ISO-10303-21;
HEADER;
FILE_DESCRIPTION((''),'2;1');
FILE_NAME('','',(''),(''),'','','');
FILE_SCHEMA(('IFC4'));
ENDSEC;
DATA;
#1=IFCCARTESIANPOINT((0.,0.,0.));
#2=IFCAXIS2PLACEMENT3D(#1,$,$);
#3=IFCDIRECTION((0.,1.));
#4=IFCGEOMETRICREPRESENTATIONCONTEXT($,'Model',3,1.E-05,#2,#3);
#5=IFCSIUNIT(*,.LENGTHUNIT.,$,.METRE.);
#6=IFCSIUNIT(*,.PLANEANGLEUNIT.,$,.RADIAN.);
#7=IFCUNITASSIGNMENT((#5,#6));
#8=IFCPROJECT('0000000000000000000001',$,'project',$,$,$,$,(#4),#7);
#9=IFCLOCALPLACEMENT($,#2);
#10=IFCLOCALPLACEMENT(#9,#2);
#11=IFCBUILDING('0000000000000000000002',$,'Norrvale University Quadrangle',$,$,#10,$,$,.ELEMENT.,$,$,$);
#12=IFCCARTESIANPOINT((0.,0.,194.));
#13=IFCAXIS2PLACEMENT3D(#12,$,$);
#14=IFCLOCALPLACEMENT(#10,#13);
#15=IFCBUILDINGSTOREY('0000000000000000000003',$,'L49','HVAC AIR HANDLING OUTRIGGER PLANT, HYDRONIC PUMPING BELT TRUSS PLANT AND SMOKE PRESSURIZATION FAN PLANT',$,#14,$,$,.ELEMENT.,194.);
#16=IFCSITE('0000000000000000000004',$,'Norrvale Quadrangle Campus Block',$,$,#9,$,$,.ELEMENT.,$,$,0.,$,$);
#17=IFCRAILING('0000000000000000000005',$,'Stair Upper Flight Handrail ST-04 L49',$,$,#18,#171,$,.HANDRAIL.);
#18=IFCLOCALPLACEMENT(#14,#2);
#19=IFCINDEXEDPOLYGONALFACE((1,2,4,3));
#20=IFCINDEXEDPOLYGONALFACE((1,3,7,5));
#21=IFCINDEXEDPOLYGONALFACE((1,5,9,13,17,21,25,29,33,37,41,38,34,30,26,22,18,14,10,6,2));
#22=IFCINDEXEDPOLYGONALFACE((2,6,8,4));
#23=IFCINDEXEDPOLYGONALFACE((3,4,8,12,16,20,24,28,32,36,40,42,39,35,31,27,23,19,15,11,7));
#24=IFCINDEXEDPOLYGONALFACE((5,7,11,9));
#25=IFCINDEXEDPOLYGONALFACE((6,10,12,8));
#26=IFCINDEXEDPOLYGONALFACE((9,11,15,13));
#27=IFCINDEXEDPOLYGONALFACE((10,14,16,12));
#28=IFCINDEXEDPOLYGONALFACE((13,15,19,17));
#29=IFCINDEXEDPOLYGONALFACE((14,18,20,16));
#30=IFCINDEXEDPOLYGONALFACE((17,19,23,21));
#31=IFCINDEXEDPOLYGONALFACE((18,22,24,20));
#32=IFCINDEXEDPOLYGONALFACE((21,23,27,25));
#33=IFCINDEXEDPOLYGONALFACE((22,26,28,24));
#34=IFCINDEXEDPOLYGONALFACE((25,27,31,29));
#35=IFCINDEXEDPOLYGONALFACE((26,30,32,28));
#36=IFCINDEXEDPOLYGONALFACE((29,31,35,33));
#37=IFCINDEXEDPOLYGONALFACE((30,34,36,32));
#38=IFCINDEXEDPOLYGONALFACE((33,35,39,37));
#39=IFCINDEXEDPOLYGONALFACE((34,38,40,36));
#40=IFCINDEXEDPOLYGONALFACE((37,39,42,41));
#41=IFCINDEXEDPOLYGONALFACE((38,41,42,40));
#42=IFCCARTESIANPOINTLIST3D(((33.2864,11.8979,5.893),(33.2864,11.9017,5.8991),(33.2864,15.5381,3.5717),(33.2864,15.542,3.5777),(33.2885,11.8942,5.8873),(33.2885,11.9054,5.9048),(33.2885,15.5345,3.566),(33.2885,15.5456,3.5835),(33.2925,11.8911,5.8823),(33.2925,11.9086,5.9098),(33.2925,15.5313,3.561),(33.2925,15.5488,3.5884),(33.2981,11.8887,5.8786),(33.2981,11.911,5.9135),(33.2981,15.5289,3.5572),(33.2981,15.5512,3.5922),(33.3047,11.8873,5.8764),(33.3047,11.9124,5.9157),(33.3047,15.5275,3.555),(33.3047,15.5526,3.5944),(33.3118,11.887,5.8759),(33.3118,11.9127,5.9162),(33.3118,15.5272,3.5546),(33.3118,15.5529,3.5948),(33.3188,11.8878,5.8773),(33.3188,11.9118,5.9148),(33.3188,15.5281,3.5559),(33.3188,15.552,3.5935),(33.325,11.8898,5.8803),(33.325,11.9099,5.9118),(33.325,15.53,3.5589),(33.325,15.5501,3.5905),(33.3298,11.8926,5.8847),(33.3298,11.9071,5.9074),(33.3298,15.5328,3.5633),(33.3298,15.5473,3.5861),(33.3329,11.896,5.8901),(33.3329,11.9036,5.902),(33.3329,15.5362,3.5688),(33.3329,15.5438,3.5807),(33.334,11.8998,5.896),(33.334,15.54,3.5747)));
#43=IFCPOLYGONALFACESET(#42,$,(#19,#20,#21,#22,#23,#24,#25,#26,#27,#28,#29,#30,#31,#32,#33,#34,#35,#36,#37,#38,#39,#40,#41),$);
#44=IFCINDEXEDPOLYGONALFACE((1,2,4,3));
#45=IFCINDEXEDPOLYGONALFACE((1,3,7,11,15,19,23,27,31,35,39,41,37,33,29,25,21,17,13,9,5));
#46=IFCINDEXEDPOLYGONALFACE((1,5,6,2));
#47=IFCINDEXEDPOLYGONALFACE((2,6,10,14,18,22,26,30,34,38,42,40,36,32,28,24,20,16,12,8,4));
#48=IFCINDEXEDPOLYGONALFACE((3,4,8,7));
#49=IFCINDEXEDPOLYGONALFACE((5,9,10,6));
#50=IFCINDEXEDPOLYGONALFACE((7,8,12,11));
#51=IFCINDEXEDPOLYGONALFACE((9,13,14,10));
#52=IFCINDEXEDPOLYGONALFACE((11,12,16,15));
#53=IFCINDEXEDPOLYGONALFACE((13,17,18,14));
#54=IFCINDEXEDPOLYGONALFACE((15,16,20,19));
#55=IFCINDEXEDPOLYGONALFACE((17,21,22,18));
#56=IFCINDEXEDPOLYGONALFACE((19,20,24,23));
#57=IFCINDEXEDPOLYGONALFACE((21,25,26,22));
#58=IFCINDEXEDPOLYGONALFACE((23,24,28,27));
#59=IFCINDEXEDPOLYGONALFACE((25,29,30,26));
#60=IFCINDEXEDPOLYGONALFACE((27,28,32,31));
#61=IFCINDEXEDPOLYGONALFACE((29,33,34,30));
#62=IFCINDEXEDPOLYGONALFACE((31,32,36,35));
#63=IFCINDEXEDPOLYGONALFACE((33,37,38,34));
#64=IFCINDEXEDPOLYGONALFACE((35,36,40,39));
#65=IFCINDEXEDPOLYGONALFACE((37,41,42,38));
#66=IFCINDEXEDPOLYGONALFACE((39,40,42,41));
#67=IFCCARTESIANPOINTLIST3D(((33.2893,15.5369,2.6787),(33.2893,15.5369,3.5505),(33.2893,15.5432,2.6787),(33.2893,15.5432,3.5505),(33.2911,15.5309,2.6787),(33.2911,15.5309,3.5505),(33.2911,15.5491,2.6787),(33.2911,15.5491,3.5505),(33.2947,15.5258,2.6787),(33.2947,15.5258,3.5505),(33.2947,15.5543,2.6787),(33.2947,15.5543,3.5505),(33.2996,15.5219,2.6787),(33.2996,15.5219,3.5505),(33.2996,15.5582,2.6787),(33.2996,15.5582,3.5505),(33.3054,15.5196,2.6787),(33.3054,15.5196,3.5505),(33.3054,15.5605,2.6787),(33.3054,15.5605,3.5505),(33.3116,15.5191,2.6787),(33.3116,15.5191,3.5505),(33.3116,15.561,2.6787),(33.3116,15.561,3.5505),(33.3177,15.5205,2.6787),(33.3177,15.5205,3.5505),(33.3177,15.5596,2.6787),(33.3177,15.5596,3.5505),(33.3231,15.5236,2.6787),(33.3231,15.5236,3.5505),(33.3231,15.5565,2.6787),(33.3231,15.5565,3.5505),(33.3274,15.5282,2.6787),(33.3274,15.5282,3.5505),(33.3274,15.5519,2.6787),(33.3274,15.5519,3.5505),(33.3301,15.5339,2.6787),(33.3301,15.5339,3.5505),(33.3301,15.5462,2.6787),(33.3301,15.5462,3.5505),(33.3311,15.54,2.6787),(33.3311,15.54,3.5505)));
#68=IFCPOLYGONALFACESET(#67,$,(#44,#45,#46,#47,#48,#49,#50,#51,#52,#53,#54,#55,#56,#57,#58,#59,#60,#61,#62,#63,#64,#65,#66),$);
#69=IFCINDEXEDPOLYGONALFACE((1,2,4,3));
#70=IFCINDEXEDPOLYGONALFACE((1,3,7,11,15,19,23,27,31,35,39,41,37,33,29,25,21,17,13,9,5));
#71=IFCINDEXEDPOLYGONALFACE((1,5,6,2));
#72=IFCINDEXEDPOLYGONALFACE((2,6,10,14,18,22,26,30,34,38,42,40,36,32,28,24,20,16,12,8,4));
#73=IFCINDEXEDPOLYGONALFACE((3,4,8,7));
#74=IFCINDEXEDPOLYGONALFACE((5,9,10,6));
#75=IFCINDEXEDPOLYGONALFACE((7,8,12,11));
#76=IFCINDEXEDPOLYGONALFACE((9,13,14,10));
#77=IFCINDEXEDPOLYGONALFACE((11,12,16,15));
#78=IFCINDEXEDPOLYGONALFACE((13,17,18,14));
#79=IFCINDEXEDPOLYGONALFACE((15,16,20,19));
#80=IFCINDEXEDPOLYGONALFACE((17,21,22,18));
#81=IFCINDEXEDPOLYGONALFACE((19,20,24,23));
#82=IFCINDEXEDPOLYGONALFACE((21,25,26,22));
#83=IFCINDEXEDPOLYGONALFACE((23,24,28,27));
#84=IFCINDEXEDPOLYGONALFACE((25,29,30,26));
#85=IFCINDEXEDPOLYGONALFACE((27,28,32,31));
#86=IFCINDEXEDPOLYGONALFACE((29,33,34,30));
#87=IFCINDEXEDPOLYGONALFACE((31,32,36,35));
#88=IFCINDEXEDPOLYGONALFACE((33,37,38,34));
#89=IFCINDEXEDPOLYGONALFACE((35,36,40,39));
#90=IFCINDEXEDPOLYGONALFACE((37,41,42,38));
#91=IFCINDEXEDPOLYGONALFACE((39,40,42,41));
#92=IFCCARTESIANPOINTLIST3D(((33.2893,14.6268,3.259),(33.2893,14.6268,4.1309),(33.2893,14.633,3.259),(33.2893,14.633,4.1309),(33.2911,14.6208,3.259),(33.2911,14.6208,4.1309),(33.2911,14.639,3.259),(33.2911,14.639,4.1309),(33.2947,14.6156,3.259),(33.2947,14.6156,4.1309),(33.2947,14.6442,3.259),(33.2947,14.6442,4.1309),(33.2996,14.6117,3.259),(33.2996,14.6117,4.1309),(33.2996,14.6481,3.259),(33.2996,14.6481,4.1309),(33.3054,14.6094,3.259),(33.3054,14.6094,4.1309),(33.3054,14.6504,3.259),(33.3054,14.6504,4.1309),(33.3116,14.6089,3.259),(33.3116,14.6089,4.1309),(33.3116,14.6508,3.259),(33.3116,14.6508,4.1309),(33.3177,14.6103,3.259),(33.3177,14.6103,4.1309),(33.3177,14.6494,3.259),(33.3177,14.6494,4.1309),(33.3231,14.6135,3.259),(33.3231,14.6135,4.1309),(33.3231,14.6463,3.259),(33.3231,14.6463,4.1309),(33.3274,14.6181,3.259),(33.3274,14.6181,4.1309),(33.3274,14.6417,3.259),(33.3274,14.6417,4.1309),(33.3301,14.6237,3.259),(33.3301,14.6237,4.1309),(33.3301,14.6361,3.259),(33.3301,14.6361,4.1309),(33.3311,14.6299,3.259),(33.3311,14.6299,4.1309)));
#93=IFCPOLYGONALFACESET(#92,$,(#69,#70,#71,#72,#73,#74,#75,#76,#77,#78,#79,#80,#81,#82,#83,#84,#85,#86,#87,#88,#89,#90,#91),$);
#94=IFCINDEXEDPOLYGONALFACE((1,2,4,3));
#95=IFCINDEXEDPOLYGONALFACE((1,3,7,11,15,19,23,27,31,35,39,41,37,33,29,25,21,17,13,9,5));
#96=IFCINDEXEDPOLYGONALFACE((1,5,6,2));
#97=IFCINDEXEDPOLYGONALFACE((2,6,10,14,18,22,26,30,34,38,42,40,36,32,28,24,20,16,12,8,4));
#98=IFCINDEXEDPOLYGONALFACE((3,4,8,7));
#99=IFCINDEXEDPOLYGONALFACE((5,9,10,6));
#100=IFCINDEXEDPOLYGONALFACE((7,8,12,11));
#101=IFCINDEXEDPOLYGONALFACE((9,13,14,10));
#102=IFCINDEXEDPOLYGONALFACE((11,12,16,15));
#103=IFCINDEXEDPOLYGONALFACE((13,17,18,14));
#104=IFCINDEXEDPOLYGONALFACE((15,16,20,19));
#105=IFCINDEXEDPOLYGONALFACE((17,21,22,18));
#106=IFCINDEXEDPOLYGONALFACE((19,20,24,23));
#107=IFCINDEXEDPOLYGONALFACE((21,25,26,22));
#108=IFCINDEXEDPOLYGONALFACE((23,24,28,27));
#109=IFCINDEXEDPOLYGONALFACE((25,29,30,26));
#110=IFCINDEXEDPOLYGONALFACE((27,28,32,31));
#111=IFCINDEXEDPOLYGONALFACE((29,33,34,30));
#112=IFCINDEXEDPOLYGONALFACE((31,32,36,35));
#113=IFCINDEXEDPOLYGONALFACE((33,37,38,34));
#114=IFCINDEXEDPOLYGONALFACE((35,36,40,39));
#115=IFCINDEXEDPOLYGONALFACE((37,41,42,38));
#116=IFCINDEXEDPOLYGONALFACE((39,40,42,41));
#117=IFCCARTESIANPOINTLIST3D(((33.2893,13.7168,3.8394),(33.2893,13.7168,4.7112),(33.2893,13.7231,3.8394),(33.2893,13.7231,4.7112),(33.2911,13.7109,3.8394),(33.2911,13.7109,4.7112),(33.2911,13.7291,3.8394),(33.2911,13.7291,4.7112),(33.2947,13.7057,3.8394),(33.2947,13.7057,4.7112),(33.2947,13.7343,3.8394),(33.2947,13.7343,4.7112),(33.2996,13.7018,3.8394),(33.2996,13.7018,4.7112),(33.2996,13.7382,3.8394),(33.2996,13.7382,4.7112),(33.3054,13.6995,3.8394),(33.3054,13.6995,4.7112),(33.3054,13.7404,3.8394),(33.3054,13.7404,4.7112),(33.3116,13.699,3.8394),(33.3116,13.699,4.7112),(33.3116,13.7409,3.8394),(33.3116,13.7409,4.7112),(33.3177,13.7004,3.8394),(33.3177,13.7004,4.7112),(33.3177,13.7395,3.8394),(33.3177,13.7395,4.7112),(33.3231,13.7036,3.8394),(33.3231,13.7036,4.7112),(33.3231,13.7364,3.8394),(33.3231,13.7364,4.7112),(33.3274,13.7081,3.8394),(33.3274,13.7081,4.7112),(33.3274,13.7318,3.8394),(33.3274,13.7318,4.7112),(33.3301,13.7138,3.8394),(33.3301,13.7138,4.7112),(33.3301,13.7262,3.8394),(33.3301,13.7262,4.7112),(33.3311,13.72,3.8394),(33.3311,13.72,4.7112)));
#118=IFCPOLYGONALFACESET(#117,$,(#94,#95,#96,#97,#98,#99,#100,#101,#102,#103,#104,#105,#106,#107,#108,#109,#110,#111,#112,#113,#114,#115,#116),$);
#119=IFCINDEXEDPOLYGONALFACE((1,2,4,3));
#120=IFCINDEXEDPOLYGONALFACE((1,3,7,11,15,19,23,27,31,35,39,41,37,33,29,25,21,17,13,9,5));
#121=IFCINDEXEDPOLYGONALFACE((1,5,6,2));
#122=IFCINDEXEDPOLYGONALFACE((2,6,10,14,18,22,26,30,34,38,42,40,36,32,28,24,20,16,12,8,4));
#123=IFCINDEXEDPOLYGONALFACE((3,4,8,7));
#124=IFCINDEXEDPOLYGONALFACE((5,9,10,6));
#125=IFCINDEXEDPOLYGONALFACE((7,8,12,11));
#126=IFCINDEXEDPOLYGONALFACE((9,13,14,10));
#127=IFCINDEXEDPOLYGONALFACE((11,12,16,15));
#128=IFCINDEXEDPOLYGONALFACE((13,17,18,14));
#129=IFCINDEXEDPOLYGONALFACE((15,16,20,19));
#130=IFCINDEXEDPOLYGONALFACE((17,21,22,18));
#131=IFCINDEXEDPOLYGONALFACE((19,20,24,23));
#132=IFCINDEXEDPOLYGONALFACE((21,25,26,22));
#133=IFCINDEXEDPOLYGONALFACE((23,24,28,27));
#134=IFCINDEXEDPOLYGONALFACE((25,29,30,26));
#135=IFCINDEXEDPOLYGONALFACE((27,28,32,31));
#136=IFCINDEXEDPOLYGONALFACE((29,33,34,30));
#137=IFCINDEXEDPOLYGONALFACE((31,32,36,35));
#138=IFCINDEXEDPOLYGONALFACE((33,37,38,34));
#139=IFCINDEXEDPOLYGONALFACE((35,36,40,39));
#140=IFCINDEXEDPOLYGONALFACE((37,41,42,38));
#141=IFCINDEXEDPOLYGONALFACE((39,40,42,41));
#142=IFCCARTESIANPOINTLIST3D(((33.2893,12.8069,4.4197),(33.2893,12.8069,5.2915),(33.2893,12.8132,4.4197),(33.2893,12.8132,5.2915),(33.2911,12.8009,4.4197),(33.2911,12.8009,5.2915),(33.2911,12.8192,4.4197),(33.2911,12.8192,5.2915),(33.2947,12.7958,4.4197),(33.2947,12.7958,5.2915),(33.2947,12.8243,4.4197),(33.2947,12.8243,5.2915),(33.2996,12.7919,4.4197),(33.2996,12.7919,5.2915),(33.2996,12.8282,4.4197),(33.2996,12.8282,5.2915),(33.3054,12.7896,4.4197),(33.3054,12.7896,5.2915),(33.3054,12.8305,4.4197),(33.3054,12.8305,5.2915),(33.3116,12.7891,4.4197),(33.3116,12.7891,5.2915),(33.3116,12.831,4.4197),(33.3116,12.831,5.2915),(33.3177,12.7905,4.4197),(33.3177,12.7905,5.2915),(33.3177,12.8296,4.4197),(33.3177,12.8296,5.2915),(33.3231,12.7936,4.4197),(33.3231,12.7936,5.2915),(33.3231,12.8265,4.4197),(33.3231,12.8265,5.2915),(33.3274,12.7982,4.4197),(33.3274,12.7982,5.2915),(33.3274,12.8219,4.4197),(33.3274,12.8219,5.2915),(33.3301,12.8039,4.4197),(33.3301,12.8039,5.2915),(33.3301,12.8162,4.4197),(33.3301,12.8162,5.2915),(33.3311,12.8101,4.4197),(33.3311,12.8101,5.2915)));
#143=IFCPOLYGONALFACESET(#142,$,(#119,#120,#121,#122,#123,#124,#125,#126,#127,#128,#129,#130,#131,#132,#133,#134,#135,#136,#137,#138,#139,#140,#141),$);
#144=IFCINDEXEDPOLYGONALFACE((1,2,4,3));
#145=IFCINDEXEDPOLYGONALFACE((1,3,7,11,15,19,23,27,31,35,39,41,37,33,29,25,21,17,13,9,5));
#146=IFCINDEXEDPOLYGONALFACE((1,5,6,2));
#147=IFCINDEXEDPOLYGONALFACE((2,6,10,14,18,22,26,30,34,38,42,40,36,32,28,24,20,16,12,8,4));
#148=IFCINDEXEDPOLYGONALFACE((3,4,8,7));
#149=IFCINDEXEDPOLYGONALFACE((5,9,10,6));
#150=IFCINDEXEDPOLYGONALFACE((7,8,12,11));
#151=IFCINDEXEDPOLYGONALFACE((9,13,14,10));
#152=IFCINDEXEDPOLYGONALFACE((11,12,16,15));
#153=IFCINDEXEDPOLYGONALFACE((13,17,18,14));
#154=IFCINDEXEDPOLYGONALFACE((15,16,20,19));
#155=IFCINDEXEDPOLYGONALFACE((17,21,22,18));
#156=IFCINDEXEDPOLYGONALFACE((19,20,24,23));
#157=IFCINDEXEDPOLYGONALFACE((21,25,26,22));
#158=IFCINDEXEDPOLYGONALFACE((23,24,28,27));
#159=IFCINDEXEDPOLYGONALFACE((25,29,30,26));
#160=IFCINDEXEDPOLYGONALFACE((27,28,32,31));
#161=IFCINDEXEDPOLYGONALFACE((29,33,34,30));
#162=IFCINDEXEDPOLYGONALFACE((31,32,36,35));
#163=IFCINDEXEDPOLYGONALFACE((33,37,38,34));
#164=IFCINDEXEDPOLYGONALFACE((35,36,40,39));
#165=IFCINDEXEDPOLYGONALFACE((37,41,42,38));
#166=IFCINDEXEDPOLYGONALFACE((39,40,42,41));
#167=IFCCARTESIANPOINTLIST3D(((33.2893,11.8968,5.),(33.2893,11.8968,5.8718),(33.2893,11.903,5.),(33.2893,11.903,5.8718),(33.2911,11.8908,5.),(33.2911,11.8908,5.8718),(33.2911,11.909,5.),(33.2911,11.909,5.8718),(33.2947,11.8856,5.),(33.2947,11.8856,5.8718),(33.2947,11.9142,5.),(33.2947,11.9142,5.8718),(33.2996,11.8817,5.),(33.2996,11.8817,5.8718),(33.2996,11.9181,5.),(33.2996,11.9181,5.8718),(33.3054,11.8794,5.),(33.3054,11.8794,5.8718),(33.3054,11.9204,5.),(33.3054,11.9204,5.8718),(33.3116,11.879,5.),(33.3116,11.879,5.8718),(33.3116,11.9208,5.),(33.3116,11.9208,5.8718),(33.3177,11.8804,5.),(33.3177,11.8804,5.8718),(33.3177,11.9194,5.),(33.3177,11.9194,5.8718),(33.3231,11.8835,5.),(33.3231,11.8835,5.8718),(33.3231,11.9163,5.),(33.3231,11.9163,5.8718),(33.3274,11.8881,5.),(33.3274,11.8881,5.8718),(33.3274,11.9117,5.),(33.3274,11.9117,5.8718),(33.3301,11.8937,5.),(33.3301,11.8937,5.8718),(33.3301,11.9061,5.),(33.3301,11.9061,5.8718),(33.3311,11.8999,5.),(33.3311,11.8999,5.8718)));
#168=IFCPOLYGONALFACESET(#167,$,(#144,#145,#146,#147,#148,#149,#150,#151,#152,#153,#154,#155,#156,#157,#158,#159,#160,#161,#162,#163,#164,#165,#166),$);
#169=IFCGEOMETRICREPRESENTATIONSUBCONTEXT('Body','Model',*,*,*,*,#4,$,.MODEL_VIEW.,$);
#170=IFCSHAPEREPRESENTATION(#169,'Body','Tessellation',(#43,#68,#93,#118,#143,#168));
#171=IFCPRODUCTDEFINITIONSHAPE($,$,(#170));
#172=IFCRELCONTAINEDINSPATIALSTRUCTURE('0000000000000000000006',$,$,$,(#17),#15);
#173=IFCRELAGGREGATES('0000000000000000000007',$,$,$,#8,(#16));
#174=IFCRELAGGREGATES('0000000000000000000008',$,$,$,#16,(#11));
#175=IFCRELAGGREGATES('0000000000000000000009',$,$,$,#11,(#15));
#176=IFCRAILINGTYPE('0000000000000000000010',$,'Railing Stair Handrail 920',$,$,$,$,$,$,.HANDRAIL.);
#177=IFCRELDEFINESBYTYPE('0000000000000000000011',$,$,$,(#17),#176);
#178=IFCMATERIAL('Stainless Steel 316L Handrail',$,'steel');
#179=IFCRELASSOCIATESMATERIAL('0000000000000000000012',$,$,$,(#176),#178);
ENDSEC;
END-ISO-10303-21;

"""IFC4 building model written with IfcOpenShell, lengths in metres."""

from ifc_helpers import new_model, si_unit, direction, frame, origin, origin_2d, place, context, subcontext, project, spatial, circle, extrude, material, type_object, element, save


model = new_model("IFC4")

# Units and contexts
model_context = context("Model", 3, precision=1e-05, world=origin(), true_north=direction((0.0, 1.0)))
body_context = subcontext(model_context, "Body", "Model", "MODEL_VIEW")
ifc_project = project(units=[si_unit("LENGTHUNIT", "METRE"), si_unit("PLANEANGLEUNIT", "RADIAN")], contexts=[model_context])

# Site, building, storey
site_placement = place(None, origin())
site = spatial("IfcSite", under=ifc_project, at=site_placement, Name="Norrvale Quadrangle Campus Block", CompositionType="ELEMENT", RefElevation=0.0)
building_placement = place(site_placement, origin())
building = spatial("IfcBuilding", under=site, at=building_placement, Name="Norrvale University Quadrangle", CompositionType="ELEMENT")
storey_placement = place(building_placement, frame((0.0, 0.0, 194.0)))
storey = spatial("IfcBuildingStorey", under=building, at=storey_placement, Name="L49", Description="HVAC AIR HANDLING OUTRIGGER PLANT, HYDRONIC PUMPING BELT TRUSS PLANT AND SMOKE PRESSURIZATION FAN PLANT", CompositionType="ELEMENT", Elevation=194.0)

# Railing
ifc_material_1 = material(Name="Stainless Steel 316L Handrail", Category="steel")
railing_type_1 = type_object("IfcRailingType", Name="Railing Stair Handrail 920", PredefinedType="HANDRAIL", material=ifc_material_1)
railing_1_placement = place(storey_placement, frame((33.3101, 15.54, 2.6787)))
element("IfcRailing", 1, at=railing_1_placement, inside=storey, type_object=railing_type_1, Name="Stair Upper Flight Handrail ST-04 L49", PredefinedType="HANDRAIL", context=body_context, shape_type="SweptSolid", body=[
    extrude(circle(Radius=0.0239, at=origin_2d()), frame((0.0, 0.0, 0.896), z_axis=(0.0, -0.843153, 0.537673), x_axis=(1.0, 0.0, 0.0)), (0.0, 0.0, 1.0), 4.3174),
    extrude(circle(Radius=0.021, at=origin_2d()), origin(), (0.0, 0.0, 1.0), 0.8718),
    extrude(circle(Radius=0.021, at=origin_2d()), frame((0.0, -0.9102, 0.5803)), (0.0, 0.0, 1.0), 0.8718),
    extrude(circle(Radius=0.021, at=origin_2d()), frame((0.0, -1.8201, 1.1606)), (0.0, 0.0, 1.0), 0.8718),
    extrude(circle(Radius=0.021, at=origin_2d()), frame((0.0, -2.73, 1.741)), (0.0, 0.0, 1.0), 0.8718),
    extrude(circle(Radius=0.021, at=origin_2d()), frame((0.0, -3.6401, 2.3213)), (0.0, 0.0, 1.0), 0.8718),
])

save(model, "model.ifc")
